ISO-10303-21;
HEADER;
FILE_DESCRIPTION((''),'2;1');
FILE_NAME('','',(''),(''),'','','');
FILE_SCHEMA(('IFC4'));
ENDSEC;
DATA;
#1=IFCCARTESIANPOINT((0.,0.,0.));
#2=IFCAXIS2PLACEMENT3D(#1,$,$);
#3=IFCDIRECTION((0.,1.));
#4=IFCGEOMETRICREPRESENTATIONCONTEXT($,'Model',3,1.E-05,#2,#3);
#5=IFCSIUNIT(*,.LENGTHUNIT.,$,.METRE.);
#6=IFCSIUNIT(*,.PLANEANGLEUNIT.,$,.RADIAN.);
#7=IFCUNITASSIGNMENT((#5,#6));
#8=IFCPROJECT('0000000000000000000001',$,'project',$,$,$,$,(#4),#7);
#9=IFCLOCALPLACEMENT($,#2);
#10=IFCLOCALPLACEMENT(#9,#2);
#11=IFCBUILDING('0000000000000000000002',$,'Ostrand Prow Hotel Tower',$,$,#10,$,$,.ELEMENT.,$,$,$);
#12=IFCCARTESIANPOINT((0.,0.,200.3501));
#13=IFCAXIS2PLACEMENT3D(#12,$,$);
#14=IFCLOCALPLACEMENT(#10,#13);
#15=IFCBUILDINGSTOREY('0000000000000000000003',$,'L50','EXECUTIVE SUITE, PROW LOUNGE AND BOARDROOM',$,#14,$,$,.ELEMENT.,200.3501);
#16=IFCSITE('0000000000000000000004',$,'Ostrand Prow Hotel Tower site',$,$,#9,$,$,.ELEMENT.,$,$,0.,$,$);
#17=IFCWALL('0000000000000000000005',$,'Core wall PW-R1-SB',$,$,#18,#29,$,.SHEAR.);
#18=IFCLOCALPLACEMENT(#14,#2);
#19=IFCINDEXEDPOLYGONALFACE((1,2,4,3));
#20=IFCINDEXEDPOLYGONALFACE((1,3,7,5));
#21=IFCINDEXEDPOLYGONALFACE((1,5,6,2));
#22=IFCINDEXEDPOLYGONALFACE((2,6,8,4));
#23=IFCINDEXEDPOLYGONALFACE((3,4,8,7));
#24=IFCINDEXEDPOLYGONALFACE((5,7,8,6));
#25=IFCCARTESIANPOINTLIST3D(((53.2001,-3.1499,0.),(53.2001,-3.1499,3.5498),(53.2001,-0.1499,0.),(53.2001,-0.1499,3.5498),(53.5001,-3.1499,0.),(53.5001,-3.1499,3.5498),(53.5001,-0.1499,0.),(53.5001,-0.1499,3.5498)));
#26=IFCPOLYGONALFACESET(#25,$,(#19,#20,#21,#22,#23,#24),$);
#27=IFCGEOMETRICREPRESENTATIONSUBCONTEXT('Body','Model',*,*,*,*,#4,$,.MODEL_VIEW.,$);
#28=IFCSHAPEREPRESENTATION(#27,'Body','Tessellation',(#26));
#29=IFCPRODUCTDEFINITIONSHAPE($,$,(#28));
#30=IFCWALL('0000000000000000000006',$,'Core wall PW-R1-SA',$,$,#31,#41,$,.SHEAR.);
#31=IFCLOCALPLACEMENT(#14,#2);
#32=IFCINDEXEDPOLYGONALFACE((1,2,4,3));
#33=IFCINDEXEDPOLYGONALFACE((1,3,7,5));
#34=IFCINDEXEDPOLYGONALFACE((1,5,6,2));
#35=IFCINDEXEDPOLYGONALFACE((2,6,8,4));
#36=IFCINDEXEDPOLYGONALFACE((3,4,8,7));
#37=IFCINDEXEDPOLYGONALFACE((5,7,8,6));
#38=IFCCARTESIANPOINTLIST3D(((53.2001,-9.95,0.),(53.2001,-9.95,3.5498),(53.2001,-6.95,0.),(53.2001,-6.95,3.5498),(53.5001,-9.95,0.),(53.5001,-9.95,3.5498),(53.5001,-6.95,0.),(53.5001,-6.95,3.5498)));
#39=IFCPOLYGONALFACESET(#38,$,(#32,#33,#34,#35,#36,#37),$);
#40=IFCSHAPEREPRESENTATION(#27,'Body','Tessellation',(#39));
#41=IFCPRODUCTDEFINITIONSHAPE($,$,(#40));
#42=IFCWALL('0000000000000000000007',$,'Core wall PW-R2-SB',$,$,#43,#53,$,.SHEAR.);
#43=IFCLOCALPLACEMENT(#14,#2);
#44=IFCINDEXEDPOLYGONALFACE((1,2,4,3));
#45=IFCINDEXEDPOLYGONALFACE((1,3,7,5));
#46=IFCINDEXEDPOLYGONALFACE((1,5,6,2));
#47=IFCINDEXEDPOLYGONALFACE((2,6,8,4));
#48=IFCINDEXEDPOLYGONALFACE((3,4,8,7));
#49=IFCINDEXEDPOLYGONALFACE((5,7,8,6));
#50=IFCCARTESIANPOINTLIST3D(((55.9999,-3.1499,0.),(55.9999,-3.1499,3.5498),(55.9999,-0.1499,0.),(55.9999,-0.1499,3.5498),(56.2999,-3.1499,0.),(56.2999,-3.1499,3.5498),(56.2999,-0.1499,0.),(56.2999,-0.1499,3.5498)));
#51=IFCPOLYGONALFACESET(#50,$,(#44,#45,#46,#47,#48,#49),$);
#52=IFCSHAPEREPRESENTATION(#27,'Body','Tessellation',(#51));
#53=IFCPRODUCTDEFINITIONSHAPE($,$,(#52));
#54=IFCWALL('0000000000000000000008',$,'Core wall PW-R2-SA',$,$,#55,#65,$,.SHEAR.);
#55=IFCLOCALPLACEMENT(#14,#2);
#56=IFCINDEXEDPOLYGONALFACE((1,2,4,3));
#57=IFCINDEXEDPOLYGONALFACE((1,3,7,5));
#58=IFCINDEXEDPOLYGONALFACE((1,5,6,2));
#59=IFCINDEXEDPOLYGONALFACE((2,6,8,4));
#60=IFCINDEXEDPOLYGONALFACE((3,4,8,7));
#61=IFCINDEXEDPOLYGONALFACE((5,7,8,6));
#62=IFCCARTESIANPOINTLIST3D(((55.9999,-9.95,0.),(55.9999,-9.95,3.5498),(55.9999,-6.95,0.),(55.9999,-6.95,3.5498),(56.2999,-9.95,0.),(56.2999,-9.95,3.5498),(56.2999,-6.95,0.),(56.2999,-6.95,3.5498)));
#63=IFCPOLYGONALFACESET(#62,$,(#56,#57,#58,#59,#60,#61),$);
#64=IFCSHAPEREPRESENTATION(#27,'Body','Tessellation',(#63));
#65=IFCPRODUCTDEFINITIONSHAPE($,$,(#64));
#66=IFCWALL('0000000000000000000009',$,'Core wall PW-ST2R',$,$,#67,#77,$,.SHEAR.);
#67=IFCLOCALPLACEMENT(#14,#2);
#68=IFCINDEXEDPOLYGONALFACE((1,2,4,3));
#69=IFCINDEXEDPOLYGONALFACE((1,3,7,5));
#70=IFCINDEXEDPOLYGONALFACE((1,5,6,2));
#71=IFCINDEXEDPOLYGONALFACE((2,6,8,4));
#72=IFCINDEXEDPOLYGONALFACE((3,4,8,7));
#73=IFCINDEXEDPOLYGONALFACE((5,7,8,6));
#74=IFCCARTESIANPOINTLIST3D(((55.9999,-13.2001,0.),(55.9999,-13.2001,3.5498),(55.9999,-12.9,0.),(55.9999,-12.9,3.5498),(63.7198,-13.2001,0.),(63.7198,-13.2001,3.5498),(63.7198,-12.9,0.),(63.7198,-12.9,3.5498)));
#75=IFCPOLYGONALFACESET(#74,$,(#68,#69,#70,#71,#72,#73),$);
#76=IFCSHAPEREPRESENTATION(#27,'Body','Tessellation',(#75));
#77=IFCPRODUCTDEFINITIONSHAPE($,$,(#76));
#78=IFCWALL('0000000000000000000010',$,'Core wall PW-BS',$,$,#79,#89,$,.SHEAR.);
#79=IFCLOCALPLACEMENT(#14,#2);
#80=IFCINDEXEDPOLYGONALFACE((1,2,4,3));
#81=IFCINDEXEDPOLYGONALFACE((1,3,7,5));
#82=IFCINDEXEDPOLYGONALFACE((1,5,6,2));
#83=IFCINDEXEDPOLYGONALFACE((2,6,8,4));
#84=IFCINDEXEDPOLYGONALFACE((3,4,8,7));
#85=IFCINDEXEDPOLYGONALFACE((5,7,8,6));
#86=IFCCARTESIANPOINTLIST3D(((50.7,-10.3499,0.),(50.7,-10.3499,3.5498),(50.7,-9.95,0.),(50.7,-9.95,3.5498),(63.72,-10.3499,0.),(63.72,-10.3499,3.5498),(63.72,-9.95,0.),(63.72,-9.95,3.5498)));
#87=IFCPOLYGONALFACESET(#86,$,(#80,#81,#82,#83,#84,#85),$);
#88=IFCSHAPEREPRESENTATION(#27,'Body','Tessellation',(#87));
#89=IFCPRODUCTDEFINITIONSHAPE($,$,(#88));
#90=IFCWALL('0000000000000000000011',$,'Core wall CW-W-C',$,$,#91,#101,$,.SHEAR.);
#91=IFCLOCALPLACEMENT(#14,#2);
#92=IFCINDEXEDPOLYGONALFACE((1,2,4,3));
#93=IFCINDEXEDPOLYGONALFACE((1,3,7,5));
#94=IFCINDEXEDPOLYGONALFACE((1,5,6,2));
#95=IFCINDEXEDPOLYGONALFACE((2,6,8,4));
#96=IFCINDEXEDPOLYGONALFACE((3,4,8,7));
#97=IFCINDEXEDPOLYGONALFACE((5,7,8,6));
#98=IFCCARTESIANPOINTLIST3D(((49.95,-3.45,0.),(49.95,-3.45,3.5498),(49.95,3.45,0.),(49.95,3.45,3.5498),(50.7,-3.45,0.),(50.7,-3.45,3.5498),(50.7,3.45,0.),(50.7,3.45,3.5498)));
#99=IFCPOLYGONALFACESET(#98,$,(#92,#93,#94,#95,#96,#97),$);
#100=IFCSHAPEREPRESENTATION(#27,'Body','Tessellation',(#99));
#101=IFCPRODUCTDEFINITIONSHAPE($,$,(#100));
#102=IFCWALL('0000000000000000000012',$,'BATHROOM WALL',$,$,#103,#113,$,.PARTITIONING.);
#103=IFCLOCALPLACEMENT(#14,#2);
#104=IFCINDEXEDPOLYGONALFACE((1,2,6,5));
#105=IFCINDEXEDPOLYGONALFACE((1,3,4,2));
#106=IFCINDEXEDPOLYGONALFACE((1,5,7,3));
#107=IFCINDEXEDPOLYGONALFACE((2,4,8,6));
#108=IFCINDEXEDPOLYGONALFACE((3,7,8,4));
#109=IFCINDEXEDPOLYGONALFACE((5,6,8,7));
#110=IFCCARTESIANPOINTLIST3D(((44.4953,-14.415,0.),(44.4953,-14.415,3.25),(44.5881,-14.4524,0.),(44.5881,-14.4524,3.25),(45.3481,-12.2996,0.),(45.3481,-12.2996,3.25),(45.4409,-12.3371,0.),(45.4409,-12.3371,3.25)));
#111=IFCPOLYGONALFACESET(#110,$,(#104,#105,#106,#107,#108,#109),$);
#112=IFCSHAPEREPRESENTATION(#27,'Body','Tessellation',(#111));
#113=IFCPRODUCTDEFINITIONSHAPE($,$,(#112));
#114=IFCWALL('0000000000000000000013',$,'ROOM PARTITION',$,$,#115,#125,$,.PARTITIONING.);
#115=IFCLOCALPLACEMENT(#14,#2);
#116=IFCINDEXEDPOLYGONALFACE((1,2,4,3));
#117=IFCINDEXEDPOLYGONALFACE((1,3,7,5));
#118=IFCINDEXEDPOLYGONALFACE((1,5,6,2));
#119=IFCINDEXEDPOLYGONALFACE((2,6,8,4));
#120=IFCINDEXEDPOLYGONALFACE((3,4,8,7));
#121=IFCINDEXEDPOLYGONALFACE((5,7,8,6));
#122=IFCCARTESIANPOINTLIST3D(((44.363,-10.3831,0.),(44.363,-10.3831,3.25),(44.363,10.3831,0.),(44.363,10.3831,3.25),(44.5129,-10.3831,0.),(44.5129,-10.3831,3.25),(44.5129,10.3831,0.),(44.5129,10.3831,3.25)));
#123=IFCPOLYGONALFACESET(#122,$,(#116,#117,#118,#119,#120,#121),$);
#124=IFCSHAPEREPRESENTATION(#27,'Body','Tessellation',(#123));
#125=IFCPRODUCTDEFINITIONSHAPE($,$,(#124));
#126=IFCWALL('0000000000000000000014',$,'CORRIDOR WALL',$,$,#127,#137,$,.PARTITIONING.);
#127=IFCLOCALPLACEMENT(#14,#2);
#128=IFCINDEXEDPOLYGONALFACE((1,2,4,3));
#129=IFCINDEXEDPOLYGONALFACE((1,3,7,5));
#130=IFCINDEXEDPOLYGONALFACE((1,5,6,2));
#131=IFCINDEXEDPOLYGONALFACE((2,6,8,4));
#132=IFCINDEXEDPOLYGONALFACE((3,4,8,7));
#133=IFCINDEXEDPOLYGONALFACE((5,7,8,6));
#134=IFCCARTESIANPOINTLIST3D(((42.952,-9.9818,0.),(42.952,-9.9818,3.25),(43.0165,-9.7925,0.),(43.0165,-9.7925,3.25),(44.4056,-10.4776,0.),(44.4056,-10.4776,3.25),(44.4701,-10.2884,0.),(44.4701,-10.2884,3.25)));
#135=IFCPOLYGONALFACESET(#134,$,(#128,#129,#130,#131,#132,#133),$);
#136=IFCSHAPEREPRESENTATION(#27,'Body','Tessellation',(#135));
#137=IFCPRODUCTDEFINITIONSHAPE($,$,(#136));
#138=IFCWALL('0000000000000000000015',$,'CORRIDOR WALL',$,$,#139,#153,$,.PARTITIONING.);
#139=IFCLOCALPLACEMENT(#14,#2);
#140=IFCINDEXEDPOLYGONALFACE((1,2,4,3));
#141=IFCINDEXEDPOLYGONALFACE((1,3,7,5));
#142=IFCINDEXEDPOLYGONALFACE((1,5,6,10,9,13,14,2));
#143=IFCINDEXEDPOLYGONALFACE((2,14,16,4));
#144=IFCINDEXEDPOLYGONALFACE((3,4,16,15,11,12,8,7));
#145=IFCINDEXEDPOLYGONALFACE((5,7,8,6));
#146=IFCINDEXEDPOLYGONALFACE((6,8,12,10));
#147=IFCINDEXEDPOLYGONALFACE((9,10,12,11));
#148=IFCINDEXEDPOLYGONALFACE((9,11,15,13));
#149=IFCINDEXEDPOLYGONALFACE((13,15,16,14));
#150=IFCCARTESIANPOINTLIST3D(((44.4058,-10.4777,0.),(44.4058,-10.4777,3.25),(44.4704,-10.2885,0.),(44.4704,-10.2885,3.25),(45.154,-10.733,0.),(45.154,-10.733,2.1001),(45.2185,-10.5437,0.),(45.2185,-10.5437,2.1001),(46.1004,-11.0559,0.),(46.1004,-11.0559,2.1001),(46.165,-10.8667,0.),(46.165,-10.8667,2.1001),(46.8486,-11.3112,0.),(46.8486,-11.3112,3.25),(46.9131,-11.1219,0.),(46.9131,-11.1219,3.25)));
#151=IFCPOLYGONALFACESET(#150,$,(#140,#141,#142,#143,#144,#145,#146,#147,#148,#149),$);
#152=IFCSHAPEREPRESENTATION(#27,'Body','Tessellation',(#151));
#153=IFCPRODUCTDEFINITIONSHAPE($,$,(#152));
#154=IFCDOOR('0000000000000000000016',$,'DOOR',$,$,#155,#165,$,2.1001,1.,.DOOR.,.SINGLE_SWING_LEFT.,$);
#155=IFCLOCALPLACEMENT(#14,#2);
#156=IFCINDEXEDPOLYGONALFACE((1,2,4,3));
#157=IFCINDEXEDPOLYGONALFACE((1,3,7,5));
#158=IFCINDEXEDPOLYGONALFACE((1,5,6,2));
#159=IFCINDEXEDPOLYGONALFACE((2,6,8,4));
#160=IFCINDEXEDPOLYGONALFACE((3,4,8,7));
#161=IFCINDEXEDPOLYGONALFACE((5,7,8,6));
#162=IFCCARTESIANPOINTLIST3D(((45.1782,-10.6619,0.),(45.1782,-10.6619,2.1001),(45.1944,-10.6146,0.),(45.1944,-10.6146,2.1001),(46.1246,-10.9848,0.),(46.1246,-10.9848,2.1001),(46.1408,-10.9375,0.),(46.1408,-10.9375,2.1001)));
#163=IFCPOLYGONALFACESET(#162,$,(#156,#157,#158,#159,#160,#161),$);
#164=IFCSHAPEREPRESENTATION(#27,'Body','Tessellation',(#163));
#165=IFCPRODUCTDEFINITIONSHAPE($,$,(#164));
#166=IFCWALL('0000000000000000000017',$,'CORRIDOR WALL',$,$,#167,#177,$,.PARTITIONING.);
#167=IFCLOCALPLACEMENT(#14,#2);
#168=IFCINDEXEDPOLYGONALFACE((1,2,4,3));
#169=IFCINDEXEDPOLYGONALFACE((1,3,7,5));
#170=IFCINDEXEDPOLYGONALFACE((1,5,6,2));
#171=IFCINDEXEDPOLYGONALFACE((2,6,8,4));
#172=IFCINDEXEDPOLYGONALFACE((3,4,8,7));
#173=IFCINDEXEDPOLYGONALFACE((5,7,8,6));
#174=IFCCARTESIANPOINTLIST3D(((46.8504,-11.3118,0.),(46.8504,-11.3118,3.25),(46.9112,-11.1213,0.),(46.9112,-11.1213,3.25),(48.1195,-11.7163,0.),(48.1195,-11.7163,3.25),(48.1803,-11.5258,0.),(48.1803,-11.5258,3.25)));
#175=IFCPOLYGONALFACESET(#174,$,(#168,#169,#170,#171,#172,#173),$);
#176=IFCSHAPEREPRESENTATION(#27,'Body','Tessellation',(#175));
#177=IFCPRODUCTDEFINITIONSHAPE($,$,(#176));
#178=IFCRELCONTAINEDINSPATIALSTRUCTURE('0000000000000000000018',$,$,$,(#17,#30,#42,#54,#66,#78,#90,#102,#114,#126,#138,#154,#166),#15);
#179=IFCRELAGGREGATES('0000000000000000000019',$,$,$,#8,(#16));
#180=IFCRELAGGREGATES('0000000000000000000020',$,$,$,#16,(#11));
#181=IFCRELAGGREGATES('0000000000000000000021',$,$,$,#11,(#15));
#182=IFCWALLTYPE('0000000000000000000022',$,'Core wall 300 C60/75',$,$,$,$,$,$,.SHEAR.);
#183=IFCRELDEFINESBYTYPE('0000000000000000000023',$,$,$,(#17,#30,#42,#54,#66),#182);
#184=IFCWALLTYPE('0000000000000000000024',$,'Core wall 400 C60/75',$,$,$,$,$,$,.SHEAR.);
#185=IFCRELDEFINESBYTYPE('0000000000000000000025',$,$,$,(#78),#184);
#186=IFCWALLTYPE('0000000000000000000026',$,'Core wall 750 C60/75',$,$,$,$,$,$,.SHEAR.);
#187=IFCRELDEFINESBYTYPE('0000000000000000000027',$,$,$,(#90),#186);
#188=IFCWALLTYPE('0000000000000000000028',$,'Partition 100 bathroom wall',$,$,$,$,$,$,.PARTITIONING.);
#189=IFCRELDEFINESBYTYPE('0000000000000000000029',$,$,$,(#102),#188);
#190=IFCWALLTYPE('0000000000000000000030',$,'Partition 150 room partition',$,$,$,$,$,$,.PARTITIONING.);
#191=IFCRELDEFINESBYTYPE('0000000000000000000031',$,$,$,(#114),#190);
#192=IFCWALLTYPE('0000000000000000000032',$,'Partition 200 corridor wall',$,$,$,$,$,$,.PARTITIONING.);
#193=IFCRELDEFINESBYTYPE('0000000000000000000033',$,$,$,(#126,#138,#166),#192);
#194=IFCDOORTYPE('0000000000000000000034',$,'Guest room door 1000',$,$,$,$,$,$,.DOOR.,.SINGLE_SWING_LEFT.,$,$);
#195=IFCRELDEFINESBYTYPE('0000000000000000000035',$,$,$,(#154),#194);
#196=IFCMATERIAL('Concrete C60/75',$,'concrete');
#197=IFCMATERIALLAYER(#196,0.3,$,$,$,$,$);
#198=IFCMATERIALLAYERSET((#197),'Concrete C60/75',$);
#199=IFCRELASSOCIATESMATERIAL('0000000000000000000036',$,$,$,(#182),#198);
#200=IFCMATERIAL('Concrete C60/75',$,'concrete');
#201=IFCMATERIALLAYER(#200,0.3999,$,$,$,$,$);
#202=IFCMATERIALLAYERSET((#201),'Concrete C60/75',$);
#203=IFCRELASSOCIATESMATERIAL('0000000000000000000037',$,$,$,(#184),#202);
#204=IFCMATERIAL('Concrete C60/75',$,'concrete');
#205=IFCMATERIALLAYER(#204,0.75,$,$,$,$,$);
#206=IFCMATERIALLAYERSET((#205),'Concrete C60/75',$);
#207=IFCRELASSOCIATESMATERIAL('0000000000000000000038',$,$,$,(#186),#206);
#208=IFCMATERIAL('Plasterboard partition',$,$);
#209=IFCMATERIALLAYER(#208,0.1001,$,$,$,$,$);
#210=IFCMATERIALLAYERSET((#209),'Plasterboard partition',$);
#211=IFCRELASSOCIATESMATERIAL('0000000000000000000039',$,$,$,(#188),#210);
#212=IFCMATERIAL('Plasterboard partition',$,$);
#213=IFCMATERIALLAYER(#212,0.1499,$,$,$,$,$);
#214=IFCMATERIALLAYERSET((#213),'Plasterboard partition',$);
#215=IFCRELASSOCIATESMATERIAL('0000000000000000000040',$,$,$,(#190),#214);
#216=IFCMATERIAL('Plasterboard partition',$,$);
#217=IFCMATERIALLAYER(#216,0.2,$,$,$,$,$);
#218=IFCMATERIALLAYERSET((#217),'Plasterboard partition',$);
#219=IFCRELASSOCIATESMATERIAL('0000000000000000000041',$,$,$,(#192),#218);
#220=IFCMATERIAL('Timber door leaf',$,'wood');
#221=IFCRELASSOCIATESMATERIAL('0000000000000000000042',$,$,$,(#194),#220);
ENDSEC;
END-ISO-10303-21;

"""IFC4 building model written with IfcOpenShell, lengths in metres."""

from ifc_helpers import new_model, si_unit, direction, frame, frame_2d, origin, place, context, subcontext, project, spatial, rectangle, extrude, material, layer, layer_set, type_object, element, fill, save


model = new_model("IFC4")

# Units and contexts
model_context = context("Model", 3, precision=1e-05, world=origin(), true_north=direction((0.0, 1.0)))
body_context = subcontext(model_context, "Body", "Model", "MODEL_VIEW")
ifc_project = project(units=[si_unit("LENGTHUNIT", "METRE"), si_unit("PLANEANGLEUNIT", "RADIAN")], contexts=[model_context])

# Site, building, storey
site_placement = place(None, origin())
site = spatial("IfcSite", under=ifc_project, at=site_placement, Name="Ostrand Prow Hotel Tower site", CompositionType="ELEMENT", RefElevation=0.0)
building_placement = place(site_placement, origin())
building = spatial("IfcBuilding", under=site, at=building_placement, Name="Ostrand Prow Hotel Tower", CompositionType="ELEMENT")
storey_placement = place(building_placement, frame((0.0, 0.0, 200.3501)))
storey = spatial("IfcBuildingStorey", under=building, at=storey_placement, Name="L50", Description="EXECUTIVE SUITE, PROW LOUNGE AND BOARDROOM", CompositionType="ELEMENT", Elevation=200.3501)

# Shared definitions
ifc_material_1 = material(Name="Concrete C60/75", Category="concrete")
ifc_layer_1 = layer(ifc_material_1, 0.3)
ifc_layer_set_1 = layer_set([ifc_layer_1], Name="Concrete C60/75")
wall_type_1 = type_object("IfcWallType", Name="Core wall 300 C60/75", PredefinedType="SHEAR", material=ifc_layer_set_1)

# Walls
for number, where, z_axis, x_axis, name in (
    (1, (53.3501, -3.1499, 0.0), (0.0, 0.0, 1.0), (0.0, 1.0, 0.0), "Core wall PW-R1-SB"),
    (2, (53.3501, -9.95, 0.0), (0.0, 0.0, 1.0), (0.0, 1.0, 0.0), "Core wall PW-R1-SA"),
    (3, (56.1499, -3.1499, 0.0), (0.0, 0.0, 1.0), (0.0, 1.0, 0.0), "Core wall PW-R2-SB"),
    (4, (56.1499, -9.95, 0.0), (0.0, 0.0, 1.0), (0.0, 1.0, 0.0), "Core wall PW-R2-SA"),
):
    element("IfcWall", number, at=place(storey_placement, frame(where, z_axis=z_axis, x_axis=x_axis)), inside=storey, type_object=wall_type_1, Name=name, PredefinedType="SHEAR", context=body_context, shape_type="SweptSolid", body=[
        extrude(rectangle(XDim=3.0, YDim=0.3, at=frame_2d((1.5, 0.0))), origin(), (0.0, 0.0, 1.0), 3.5498),
    ])
wall_1_placement = place(storey_placement, frame((56.0, -13.05, 0.0), z_axis=(0.0, 0.0, 1.0), x_axis=(1.0, 0.0, 0.0)))
element("IfcWall", 5, at=wall_1_placement, inside=storey, type_object=wall_type_1, Name="Core wall PW-ST2R", PredefinedType="SHEAR", context=body_context, shape_type="SweptSolid", body=[
    extrude(rectangle(XDim=7.72, YDim=0.3, at=frame_2d((3.8599, 0.0))), origin(), (0.0, 0.0, 1.0), 3.5498),
])
ifc_material_2 = material(Name="Concrete C60/75", Category="concrete")
ifc_layer_2 = layer(ifc_material_2, 0.3999)
ifc_layer_set_2 = layer_set([ifc_layer_2], Name="Concrete C60/75")
wall_type_2 = type_object("IfcWallType", Name="Core wall 400 C60/75", PredefinedType="SHEAR", material=ifc_layer_set_2)
wall_2_placement = place(storey_placement, frame((50.7, -10.1499, 0.0), z_axis=(0.0, 0.0, 1.0), x_axis=(1.0, 0.0, 0.0)))
element("IfcWall", 6, at=wall_2_placement, inside=storey, type_object=wall_type_2, Name="Core wall PW-BS", PredefinedType="SHEAR", context=body_context, shape_type="SweptSolid", body=[
    extrude(rectangle(XDim=13.02, YDim=0.3999, at=frame_2d((6.51, 0.0))), origin(), (0.0, 0.0, 1.0), 3.5498),
])
ifc_material_3 = material(Name="Concrete C60/75", Category="concrete")
ifc_layer_3 = layer(ifc_material_3, 0.75)
ifc_layer_set_3 = layer_set([ifc_layer_3], Name="Concrete C60/75")
wall_type_3 = type_object("IfcWallType", Name="Core wall 750 C60/75", PredefinedType="SHEAR", material=ifc_layer_set_3)
wall_3_placement = place(storey_placement, frame((50.325, -3.45, 0.0), z_axis=(0.0, 0.0, 1.0), x_axis=(0.0, 1.0, 0.0)))
element("IfcWall", 7, at=wall_3_placement, inside=storey, type_object=wall_type_3, Name="Core wall CW-W-C", PredefinedType="SHEAR", context=body_context, shape_type="SweptSolid", body=[
    extrude(rectangle(XDim=6.8999, YDim=0.75, at=frame_2d((3.45, 0.0))), origin(), (0.0, 0.0, 1.0), 3.5498),
])
ifc_material_4 = material(Name="Plasterboard partition")
ifc_layer_4 = layer(ifc_material_4, 0.1001)
ifc_layer_set_4 = layer_set([ifc_layer_4], Name="Plasterboard partition")
wall_type_4 = type_object("IfcWallType", Name="Partition 100 bathroom wall", PredefinedType="PARTITIONING", material=ifc_layer_set_4)
wall_4_placement = place(storey_placement, frame((45.3945, -12.3184, 0.0), z_axis=(0.0, 0.0, 1.0), x_axis=(-0.373918, -0.927462, 0.0)))
element("IfcWall", 8, at=wall_4_placement, inside=storey, type_object=wall_type_4, Name="BATHROOM WALL", PredefinedType="PARTITIONING", context=body_context, shape_type="SweptSolid", body=[
    extrude(rectangle(XDim=2.2808, YDim=0.1001, at=frame_2d((1.1404, 0.0))), origin(), (0.0, 0.0, 1.0), 3.25),
])
ifc_material_5 = material(Name="Plasterboard partition")
ifc_layer_5 = layer(ifc_material_5, 0.1499)
ifc_layer_set_5 = layer_set([ifc_layer_5], Name="Plasterboard partition")
wall_type_5 = type_object("IfcWallType", Name="Partition 150 room partition", PredefinedType="PARTITIONING", material=ifc_layer_set_5)
wall_5_placement = place(storey_placement, frame((44.438, -10.3831, 0.0), z_axis=(0.0, 0.0, 1.0), x_axis=(0.0, 1.0, 0.0)))
element("IfcWall", 9, at=wall_5_placement, inside=storey, type_object=wall_type_5, Name="ROOM PARTITION", PredefinedType="PARTITIONING", context=body_context, shape_type="SweptSolid", body=[
    extrude(rectangle(XDim=20.7661, YDim=0.1499, at=frame_2d((10.3831, 0.0))), origin(), (0.0, 0.0, 1.0), 3.25),
])
ifc_material_6 = material(Name="Plasterboard partition")
ifc_layer_6 = layer(ifc_material_6, 0.2)
ifc_layer_set_6 = layer_set([ifc_layer_6], Name="Plasterboard partition")
wall_type_6 = type_object("IfcWallType", Name="Partition 200 corridor wall", PredefinedType="PARTITIONING", material=ifc_layer_set_6)
wall_6_placement = place(storey_placement, frame((44.438, -10.3831, 0.0), z_axis=(0.0, 0.0, 1.0), x_axis=(-0.946451, 0.322849, 0.0)))
element("IfcWall", 10, at=wall_6_placement, inside=storey, type_object=wall_type_6, Name="CORRIDOR WALL", PredefinedType="PARTITIONING", context=body_context, shape_type="SweptSolid", body=[
    extrude(rectangle(XDim=1.5359, YDim=0.2, at=frame_2d((0.7681, 0.0))), origin(), (0.0, 0.0, 1.0), 3.25),
])

# Wall, opening, door
wall_7_placement = place(storey_placement, frame((46.8809, -11.2166, 0.0), z_axis=(0.0, 0.0, 1.0), x_axis=(-0.946427, 0.322917, 0.0)))
wall_7 = element("IfcWall", 11, at=wall_7_placement, inside=storey, type_object=wall_type_6, Name="CORRIDOR WALL", PredefinedType="PARTITIONING", context=body_context, shape_type="SweptSolid", body=[
    extrude(rectangle(XDim=2.5811, YDim=0.2, at=frame_2d((1.2905, 0.0))), origin(), (0.0, 0.0, 1.0), 3.25),
])
opening_1_placement = place(wall_7_placement, frame((0.7905, 0.0, 0.0)))
opening_1 = element("IfcOpeningElement", 12, at=opening_1_placement, cuts=wall_7, PredefinedType="OPENING", context=body_context, shape_type="SweptSolid", body=[
    extrude(rectangle(XDim=1.0, YDim=2.1001, at=frame_2d((0.5, 1.05))), frame((0.0, 0.1099, 0.0), z_axis=(0.0, -1.0, 0.0), x_axis=(1.0, 0.0, 0.0)), (0.0, 0.0, 1.0), 0.22),
])
ifc_material_7 = material(Name="Timber door leaf", Category="wood")
door_type_1 = type_object("IfcDoorType", Name="Guest room door 1000", OperationType="SINGLE_SWING_LEFT", PredefinedType="DOOR", material=ifc_material_7)
door_1_placement = place(opening_1_placement, origin())
door_1 = element("IfcDoor", 13, at=door_1_placement, inside=storey, type_object=door_type_1, Name="DOOR", OperationType="SINGLE_SWING_LEFT", OverallHeight=2.1001, OverallWidth=1.0, PredefinedType="DOOR", context=body_context, shape_type="SweptSolid", body=[
    extrude(rectangle(XDim=1.0, YDim=2.1001, at=frame_2d((0.5, 1.05))), frame((0.0, 0.0249, 0.0), z_axis=(0.0, -1.0, 0.0), x_axis=(1.0, 0.0, 0.0)), (0.0, 0.0, 1.0), 0.05),
])
fill(opening_1, door_1)

# Wall
wall_8_placement = place(storey_placement, frame((48.1499, -11.6211, 0.0), z_axis=(0.0, 0.0, 1.0), x_axis=(-0.952762, 0.303718, 0.0)))
element("IfcWall", 14, at=wall_8_placement, inside=storey, type_object=wall_type_6, Name="CORRIDOR WALL", PredefinedType="PARTITIONING", context=body_context, shape_type="SweptSolid", body=[
    extrude(rectangle(XDim=1.332, YDim=0.2, at=frame_2d((0.666, 0.0))), origin(), (0.0, 0.0, 1.0), 3.25),
])

save(model, "model.ifc")
